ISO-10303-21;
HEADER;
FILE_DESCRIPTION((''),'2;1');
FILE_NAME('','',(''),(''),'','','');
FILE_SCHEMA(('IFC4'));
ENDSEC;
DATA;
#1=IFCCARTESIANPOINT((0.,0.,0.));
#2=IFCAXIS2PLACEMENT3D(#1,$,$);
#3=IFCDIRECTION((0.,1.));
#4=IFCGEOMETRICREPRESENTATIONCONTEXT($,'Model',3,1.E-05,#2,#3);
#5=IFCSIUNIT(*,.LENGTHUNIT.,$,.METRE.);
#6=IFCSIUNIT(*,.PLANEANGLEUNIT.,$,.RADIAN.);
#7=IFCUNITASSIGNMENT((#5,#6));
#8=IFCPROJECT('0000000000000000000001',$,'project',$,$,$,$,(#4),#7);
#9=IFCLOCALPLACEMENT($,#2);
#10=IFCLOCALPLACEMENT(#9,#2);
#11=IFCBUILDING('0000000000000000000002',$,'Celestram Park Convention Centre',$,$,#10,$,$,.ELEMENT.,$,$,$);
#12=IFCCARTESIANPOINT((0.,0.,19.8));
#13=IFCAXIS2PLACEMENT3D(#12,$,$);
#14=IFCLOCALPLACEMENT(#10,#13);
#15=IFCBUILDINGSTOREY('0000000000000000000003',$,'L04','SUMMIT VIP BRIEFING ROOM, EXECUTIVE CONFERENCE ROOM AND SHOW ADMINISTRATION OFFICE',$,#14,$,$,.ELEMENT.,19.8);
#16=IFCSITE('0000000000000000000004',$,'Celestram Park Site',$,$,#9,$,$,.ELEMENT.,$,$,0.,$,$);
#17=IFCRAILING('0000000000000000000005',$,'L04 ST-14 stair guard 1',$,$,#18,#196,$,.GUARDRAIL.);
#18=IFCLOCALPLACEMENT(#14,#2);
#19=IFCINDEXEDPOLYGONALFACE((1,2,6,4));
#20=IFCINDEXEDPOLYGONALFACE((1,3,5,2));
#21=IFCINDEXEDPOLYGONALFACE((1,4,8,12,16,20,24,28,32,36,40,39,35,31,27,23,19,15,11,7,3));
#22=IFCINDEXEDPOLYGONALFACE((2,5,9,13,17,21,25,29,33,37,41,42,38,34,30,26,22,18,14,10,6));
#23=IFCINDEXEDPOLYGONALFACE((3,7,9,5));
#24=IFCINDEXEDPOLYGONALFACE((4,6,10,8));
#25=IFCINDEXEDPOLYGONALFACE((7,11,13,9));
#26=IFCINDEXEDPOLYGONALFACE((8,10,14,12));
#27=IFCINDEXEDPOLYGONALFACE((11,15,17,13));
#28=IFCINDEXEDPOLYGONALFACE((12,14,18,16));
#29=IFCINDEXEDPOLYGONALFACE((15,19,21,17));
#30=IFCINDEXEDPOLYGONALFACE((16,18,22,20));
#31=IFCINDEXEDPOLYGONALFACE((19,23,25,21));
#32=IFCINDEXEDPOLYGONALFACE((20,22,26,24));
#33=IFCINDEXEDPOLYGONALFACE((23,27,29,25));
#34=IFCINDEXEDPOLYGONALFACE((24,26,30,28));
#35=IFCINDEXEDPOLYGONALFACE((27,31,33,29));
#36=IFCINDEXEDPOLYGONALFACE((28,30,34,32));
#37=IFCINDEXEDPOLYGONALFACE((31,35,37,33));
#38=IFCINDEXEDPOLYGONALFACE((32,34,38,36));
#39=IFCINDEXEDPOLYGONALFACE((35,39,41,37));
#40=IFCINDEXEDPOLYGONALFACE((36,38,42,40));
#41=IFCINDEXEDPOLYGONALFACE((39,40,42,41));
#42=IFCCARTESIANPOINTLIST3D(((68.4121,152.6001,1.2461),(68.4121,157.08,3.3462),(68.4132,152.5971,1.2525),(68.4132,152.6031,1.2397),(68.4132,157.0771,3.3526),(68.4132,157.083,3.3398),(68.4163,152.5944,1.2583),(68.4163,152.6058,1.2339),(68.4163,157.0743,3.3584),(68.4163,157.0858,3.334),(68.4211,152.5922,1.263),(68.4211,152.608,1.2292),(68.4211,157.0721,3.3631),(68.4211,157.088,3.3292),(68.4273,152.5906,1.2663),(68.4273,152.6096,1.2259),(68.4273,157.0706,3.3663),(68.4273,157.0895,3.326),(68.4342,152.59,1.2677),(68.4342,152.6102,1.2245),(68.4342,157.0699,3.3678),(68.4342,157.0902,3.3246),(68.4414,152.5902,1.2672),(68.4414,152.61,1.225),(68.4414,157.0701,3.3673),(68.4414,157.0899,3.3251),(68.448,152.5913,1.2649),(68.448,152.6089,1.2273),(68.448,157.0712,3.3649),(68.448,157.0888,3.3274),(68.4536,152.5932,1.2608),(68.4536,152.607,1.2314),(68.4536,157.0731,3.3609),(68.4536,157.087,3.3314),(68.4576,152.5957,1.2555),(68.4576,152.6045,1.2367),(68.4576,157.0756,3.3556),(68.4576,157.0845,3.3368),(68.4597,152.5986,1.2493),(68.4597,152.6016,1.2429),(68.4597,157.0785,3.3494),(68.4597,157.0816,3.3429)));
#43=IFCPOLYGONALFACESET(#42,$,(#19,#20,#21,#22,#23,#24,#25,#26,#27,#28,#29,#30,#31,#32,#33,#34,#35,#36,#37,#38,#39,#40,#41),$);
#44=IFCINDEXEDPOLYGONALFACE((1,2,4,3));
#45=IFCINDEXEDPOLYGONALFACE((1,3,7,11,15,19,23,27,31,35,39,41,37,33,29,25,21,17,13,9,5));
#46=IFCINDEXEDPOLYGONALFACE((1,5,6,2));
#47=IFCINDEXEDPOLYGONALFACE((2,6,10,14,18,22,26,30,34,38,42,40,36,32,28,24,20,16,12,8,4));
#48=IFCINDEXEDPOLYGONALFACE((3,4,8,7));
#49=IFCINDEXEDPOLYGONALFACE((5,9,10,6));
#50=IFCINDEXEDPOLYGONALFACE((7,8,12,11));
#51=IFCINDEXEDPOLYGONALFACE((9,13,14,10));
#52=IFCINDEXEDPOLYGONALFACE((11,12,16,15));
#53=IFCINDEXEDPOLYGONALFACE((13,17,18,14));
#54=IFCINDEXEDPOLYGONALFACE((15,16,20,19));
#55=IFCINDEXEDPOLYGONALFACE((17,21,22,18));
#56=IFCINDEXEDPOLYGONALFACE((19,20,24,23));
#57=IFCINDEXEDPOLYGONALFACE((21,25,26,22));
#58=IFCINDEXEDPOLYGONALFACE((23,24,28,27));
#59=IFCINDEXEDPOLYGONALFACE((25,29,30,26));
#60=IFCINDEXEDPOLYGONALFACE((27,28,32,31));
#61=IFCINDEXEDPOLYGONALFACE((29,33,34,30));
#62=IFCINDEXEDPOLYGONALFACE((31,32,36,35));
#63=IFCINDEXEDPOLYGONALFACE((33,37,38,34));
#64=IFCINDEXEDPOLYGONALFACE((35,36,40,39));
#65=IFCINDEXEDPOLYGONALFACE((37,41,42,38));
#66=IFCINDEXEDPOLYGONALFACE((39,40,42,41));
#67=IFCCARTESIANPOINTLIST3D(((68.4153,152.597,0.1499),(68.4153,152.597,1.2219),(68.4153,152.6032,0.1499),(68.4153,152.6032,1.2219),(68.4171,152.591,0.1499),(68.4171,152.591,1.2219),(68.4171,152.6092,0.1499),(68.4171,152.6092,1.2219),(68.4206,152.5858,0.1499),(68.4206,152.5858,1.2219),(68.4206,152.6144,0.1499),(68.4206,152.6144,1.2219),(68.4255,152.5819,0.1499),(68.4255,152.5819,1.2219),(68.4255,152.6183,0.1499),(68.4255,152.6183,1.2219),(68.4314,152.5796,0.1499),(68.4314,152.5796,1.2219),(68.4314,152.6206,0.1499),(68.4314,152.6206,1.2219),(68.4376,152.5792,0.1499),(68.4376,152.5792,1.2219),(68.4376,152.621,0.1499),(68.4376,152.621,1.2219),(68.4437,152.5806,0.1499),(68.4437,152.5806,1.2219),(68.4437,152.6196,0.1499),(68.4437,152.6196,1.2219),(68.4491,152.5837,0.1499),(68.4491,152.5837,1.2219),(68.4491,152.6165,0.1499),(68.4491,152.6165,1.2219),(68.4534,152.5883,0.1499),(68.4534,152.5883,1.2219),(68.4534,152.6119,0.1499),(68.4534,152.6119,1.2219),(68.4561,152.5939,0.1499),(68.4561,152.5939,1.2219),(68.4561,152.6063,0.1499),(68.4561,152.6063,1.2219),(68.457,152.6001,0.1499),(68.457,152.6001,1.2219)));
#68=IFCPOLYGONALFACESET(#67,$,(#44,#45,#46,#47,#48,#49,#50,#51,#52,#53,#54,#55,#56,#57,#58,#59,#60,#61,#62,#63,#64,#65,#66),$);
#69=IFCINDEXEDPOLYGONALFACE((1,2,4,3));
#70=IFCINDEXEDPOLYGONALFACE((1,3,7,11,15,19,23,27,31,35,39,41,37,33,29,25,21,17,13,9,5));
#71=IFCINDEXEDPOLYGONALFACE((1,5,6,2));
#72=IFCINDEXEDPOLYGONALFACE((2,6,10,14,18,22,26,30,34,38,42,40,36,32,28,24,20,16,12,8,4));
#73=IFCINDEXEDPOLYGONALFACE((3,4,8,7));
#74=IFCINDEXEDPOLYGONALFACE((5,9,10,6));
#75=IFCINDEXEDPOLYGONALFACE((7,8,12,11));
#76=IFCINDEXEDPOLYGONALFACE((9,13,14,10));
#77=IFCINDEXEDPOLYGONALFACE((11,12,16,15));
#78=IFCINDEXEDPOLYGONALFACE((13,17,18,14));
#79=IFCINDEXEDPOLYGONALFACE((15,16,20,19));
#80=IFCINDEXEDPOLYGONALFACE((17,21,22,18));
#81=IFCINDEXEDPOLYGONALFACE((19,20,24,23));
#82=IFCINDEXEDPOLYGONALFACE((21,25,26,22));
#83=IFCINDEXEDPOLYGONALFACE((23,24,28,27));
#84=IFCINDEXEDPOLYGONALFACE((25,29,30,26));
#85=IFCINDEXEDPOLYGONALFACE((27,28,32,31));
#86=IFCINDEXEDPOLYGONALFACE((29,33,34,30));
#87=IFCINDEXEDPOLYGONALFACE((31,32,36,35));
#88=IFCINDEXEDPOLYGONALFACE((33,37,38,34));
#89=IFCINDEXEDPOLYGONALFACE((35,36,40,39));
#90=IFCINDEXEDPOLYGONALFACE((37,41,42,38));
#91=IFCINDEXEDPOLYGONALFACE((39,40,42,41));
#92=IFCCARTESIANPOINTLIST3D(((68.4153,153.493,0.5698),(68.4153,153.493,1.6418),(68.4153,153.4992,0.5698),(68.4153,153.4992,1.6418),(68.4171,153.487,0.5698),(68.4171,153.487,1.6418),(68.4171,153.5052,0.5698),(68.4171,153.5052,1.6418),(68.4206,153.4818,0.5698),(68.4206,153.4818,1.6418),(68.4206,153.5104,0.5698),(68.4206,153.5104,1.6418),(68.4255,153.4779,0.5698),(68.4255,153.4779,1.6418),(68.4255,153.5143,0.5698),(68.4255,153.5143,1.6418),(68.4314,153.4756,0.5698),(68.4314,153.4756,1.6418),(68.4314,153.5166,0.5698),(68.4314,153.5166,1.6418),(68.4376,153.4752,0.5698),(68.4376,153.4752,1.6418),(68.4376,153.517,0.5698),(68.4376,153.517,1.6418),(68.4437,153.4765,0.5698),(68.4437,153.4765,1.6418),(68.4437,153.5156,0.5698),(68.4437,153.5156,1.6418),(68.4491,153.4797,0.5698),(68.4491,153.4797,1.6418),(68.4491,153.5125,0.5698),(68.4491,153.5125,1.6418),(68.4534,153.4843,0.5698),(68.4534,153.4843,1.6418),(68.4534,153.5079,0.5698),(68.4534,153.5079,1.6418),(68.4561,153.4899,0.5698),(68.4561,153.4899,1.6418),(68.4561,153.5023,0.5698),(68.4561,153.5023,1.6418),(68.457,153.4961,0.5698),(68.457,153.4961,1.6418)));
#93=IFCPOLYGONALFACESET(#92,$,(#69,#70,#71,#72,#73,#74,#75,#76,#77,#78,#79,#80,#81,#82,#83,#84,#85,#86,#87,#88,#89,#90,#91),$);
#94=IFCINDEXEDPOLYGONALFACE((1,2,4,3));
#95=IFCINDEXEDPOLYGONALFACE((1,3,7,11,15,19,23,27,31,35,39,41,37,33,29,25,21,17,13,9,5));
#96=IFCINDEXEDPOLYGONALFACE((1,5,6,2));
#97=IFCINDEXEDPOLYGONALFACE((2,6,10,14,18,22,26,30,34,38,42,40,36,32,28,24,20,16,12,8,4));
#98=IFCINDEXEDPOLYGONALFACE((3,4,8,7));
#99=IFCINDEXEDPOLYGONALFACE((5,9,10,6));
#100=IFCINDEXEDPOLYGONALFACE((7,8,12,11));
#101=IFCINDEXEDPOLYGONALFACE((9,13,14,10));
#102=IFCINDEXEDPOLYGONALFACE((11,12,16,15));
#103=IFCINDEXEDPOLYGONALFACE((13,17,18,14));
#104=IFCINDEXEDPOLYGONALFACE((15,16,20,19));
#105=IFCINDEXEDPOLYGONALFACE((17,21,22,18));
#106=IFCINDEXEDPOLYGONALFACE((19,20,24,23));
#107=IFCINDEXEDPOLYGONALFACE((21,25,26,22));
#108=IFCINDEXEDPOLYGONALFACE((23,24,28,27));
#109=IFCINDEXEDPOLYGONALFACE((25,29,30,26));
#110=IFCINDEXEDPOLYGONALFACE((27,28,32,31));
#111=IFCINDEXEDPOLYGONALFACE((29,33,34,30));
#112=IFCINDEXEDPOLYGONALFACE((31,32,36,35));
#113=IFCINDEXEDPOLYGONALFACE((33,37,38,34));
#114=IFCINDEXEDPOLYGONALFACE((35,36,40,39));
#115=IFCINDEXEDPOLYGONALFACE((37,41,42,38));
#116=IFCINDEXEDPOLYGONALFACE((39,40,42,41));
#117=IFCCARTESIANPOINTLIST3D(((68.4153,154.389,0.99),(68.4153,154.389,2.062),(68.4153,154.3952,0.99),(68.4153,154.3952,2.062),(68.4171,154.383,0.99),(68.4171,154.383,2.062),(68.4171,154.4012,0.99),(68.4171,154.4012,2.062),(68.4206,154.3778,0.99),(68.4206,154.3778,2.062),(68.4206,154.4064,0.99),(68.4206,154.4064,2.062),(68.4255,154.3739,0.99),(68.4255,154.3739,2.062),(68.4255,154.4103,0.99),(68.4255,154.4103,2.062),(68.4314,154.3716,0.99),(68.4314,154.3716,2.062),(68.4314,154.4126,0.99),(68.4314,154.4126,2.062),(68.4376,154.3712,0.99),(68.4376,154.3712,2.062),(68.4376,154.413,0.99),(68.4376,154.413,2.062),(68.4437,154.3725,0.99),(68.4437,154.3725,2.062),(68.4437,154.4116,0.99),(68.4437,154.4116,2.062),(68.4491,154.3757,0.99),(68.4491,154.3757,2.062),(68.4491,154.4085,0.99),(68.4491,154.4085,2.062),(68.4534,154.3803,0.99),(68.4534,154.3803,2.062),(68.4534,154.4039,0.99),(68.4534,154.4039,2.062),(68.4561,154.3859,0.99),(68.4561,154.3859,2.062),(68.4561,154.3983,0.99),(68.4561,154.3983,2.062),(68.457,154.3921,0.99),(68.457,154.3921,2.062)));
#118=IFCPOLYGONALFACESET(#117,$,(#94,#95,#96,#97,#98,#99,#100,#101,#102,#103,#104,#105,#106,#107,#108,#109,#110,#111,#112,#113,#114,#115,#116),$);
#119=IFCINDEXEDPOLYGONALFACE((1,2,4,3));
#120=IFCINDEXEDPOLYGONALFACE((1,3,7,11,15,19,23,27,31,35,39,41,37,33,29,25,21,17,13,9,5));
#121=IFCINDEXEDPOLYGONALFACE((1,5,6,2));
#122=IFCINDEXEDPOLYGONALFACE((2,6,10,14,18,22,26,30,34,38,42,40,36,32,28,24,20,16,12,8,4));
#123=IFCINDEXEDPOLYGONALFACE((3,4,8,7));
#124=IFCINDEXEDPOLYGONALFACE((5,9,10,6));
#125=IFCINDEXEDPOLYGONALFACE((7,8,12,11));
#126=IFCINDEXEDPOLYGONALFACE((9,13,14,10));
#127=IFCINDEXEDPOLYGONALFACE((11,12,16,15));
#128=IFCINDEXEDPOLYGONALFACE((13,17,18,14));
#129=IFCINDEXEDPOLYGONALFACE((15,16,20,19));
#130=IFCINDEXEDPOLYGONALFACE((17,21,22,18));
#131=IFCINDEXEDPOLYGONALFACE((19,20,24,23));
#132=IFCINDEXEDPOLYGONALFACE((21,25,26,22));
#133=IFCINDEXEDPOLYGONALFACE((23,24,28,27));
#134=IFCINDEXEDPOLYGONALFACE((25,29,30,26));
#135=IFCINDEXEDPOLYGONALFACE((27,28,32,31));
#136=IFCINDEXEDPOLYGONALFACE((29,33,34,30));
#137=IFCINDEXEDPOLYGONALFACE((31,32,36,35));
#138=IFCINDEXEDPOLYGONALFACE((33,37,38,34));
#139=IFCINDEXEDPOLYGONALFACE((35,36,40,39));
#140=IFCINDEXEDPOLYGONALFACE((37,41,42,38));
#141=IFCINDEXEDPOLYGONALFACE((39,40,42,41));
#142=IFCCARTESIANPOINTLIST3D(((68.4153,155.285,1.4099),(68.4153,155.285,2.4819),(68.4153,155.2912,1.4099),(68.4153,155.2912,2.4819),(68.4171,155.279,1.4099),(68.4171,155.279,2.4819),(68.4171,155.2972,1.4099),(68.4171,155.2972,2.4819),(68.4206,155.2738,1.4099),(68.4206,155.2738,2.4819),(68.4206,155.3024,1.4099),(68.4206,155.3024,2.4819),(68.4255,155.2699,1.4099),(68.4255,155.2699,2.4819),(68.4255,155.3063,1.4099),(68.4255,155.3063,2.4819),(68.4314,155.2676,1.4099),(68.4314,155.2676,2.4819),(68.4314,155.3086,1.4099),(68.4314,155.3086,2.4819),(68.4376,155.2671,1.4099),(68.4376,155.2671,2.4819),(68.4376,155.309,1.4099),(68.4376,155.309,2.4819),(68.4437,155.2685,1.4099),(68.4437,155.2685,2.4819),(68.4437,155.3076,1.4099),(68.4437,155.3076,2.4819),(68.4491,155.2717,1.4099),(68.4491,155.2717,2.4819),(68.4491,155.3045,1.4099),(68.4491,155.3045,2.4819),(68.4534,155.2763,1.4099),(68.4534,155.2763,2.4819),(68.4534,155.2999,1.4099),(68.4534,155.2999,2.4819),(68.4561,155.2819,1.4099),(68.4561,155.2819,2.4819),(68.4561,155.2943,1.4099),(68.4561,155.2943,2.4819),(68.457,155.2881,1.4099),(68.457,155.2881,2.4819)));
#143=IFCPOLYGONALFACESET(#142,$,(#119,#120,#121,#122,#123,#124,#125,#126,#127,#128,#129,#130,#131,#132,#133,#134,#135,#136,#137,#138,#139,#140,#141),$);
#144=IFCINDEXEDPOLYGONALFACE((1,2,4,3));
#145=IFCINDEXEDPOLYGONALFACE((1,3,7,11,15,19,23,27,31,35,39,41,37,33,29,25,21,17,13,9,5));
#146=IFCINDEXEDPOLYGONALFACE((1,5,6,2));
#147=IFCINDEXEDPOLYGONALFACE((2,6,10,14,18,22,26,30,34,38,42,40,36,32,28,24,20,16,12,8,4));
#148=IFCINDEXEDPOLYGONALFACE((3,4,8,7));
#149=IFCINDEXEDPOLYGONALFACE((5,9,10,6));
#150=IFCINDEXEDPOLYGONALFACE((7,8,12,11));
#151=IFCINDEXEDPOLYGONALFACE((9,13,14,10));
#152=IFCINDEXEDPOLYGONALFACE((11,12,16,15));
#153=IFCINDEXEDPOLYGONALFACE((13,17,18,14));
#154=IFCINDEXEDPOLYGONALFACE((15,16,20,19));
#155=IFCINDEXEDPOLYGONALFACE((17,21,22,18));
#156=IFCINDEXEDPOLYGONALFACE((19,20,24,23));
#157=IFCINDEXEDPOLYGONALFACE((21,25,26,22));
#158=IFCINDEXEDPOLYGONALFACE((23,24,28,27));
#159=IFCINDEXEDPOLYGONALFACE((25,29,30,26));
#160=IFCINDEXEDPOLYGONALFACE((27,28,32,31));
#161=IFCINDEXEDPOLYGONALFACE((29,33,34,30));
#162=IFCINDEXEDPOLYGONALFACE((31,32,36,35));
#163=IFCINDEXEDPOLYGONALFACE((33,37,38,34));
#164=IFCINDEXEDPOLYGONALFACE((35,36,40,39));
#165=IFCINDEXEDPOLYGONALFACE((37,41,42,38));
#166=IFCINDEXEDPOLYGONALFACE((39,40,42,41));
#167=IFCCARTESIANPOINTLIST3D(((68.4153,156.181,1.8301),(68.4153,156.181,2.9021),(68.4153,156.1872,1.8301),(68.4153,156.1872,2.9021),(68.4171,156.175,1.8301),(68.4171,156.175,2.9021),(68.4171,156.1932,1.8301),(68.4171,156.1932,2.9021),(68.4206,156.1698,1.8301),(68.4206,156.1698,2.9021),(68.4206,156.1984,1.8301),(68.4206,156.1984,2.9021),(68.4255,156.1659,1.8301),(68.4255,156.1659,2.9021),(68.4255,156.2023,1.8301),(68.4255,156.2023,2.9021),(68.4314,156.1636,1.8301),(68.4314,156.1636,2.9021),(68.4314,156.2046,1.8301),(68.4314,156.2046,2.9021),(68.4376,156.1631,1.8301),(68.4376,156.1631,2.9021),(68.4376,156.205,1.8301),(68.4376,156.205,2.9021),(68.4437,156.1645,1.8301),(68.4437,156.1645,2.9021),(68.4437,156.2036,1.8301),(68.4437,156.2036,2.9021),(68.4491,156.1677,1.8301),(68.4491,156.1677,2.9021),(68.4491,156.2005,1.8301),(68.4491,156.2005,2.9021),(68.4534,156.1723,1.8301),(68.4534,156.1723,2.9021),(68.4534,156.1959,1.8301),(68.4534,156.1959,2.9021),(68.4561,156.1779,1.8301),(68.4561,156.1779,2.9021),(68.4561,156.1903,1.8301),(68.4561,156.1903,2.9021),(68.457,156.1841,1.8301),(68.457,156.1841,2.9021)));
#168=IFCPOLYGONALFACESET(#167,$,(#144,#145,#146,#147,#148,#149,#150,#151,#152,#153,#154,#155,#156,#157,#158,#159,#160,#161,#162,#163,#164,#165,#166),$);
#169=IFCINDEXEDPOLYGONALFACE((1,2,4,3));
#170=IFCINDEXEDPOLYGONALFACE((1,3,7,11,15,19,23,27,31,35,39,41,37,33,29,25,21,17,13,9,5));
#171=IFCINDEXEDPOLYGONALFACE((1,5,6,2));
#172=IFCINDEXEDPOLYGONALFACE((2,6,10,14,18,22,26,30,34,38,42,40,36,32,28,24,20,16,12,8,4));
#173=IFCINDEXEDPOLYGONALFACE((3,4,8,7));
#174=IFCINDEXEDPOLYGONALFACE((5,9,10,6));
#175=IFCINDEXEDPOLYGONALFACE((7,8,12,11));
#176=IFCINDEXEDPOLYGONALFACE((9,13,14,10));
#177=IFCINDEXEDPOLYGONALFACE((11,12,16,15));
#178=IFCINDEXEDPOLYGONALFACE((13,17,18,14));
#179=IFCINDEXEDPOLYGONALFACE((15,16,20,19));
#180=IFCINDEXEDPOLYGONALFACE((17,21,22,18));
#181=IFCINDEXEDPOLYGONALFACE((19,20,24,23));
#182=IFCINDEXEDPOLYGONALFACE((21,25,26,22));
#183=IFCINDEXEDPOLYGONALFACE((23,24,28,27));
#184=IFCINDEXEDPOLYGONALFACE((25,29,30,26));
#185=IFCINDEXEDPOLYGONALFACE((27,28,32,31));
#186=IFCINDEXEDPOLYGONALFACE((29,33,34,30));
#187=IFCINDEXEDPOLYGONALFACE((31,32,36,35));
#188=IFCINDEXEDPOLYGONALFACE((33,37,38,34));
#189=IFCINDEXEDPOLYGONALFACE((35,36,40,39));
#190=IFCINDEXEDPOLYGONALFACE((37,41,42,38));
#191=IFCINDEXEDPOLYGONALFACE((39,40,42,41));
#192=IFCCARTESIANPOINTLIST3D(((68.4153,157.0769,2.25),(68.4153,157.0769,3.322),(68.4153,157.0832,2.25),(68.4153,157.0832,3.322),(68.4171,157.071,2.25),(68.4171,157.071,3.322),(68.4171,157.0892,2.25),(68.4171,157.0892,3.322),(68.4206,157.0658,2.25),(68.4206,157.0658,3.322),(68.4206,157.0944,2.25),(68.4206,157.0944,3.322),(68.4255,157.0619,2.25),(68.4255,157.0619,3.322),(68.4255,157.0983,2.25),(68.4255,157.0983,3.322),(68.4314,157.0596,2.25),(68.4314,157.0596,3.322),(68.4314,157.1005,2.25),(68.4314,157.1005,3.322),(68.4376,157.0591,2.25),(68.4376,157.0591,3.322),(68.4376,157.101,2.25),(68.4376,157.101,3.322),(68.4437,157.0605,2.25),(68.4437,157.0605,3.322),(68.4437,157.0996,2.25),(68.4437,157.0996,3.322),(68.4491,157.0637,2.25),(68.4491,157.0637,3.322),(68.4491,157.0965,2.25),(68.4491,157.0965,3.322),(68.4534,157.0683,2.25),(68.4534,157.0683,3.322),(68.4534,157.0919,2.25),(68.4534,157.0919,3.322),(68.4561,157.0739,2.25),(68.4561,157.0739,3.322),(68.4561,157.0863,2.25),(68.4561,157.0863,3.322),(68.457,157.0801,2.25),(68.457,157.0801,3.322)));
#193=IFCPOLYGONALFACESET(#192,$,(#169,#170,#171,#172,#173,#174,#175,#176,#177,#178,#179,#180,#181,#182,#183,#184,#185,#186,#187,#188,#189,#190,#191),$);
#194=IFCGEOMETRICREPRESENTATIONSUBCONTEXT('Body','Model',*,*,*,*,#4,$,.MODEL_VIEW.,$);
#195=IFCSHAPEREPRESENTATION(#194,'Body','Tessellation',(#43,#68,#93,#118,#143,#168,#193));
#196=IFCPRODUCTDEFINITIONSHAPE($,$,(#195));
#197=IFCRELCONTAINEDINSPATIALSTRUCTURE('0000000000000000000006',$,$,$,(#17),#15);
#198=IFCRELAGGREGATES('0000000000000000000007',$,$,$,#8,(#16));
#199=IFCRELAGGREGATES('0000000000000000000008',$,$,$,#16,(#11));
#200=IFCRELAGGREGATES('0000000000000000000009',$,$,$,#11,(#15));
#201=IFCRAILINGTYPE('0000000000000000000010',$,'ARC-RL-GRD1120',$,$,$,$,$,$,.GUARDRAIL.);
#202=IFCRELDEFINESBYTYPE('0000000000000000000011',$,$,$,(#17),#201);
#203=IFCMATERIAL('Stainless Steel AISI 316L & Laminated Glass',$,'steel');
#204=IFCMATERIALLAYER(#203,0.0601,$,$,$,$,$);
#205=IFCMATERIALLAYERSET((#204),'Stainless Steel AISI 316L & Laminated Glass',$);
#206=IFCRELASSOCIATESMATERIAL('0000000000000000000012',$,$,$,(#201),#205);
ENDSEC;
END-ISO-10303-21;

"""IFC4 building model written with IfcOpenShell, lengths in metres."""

from ifc_helpers import new_model, si_unit, direction, frame, origin, origin_2d, place, context, subcontext, project, spatial, circle, extrude, material, layer, layer_set, type_object, element, save


model = new_model("IFC4")

# Units and contexts
model_context = context("Model", 3, precision=1e-05, world=origin(), true_north=direction((0.0, 1.0)))
body_context = subcontext(model_context, "Body", "Model", "MODEL_VIEW")
ifc_project = project(units=[si_unit("LENGTHUNIT", "METRE"), si_unit("PLANEANGLEUNIT", "RADIAN")], contexts=[model_context])

# Site, building, storey
site_placement = place(None, origin())
site = spatial("IfcSite", under=ifc_project, at=site_placement, Name="Celestram Park Site", CompositionType="ELEMENT", RefElevation=0.0)
building_placement = place(site_placement, origin())
building = spatial("IfcBuilding", under=site, at=building_placement, Name="Celestram Park Convention Centre", CompositionType="ELEMENT")
storey_placement = place(building_placement, frame((0.0, 0.0, 19.8)))
storey = spatial("IfcBuildingStorey", under=building, at=storey_placement, Name="L04", Description="SUMMIT VIP BRIEFING ROOM, EXECUTIVE CONFERENCE ROOM AND SHOW ADMINISTRATION OFFICE", CompositionType="ELEMENT", Elevation=19.8)

# Railing
ifc_material_1 = material(Name="Stainless Steel AISI 316L & Laminated Glass", Category="steel")
ifc_layer_1 = layer(ifc_material_1, 0.0601)
ifc_layer_set_1 = layer_set([ifc_layer_1], Name="Stainless Steel AISI 316L & Laminated Glass")
railing_type_1 = type_object("IfcRailingType", Name="ARC-RL-GRD1120", PredefinedType="GUARDRAIL", material=ifc_layer_set_1)
railing_1_placement = place(storey_placement, frame((68.436, 152.6001, 0.1499)))
element("IfcRailing", 1, at=railing_1_placement, inside=storey, type_object=railing_type_1, Name="L04 ST-14 stair guard 1", PredefinedType="GUARDRAIL", context=body_context, shape_type="SweptSolid", body=[
    extrude(circle(Radius=0.0239, at=origin_2d()), frame((0.0, 0.0, 1.0962), z_axis=(0.0, 0.905451, 0.424452), x_axis=(-1.0, 0.0, 0.0)), (0.0, 0.0, 1.0), 4.9478),
    extrude(circle(Radius=0.021, at=origin_2d()), origin(), (0.0, 0.0, 1.0), 1.072),
    extrude(circle(Radius=0.021, at=origin_2d()), frame((0.0, 0.896, 0.4199)), (0.0, 0.0, 1.0), 1.072),
    extrude(circle(Radius=0.021, at=origin_2d()), frame((0.0, 1.792, 0.8401)), (0.0, 0.0, 1.0), 1.072),
    extrude(circle(Radius=0.021, at=origin_2d()), frame((0.0, 2.688, 1.26)), (0.0, 0.0, 1.0), 1.072),
    extrude(circle(Radius=0.021, at=origin_2d()), frame((0.0, 3.584, 1.6802)), (0.0, 0.0, 1.0), 1.072),
    extrude(circle(Radius=0.021, at=origin_2d()), frame((0.0, 4.48, 2.1001)), (0.0, 0.0, 1.0), 1.072),
])

save(model, "model.ifc")
